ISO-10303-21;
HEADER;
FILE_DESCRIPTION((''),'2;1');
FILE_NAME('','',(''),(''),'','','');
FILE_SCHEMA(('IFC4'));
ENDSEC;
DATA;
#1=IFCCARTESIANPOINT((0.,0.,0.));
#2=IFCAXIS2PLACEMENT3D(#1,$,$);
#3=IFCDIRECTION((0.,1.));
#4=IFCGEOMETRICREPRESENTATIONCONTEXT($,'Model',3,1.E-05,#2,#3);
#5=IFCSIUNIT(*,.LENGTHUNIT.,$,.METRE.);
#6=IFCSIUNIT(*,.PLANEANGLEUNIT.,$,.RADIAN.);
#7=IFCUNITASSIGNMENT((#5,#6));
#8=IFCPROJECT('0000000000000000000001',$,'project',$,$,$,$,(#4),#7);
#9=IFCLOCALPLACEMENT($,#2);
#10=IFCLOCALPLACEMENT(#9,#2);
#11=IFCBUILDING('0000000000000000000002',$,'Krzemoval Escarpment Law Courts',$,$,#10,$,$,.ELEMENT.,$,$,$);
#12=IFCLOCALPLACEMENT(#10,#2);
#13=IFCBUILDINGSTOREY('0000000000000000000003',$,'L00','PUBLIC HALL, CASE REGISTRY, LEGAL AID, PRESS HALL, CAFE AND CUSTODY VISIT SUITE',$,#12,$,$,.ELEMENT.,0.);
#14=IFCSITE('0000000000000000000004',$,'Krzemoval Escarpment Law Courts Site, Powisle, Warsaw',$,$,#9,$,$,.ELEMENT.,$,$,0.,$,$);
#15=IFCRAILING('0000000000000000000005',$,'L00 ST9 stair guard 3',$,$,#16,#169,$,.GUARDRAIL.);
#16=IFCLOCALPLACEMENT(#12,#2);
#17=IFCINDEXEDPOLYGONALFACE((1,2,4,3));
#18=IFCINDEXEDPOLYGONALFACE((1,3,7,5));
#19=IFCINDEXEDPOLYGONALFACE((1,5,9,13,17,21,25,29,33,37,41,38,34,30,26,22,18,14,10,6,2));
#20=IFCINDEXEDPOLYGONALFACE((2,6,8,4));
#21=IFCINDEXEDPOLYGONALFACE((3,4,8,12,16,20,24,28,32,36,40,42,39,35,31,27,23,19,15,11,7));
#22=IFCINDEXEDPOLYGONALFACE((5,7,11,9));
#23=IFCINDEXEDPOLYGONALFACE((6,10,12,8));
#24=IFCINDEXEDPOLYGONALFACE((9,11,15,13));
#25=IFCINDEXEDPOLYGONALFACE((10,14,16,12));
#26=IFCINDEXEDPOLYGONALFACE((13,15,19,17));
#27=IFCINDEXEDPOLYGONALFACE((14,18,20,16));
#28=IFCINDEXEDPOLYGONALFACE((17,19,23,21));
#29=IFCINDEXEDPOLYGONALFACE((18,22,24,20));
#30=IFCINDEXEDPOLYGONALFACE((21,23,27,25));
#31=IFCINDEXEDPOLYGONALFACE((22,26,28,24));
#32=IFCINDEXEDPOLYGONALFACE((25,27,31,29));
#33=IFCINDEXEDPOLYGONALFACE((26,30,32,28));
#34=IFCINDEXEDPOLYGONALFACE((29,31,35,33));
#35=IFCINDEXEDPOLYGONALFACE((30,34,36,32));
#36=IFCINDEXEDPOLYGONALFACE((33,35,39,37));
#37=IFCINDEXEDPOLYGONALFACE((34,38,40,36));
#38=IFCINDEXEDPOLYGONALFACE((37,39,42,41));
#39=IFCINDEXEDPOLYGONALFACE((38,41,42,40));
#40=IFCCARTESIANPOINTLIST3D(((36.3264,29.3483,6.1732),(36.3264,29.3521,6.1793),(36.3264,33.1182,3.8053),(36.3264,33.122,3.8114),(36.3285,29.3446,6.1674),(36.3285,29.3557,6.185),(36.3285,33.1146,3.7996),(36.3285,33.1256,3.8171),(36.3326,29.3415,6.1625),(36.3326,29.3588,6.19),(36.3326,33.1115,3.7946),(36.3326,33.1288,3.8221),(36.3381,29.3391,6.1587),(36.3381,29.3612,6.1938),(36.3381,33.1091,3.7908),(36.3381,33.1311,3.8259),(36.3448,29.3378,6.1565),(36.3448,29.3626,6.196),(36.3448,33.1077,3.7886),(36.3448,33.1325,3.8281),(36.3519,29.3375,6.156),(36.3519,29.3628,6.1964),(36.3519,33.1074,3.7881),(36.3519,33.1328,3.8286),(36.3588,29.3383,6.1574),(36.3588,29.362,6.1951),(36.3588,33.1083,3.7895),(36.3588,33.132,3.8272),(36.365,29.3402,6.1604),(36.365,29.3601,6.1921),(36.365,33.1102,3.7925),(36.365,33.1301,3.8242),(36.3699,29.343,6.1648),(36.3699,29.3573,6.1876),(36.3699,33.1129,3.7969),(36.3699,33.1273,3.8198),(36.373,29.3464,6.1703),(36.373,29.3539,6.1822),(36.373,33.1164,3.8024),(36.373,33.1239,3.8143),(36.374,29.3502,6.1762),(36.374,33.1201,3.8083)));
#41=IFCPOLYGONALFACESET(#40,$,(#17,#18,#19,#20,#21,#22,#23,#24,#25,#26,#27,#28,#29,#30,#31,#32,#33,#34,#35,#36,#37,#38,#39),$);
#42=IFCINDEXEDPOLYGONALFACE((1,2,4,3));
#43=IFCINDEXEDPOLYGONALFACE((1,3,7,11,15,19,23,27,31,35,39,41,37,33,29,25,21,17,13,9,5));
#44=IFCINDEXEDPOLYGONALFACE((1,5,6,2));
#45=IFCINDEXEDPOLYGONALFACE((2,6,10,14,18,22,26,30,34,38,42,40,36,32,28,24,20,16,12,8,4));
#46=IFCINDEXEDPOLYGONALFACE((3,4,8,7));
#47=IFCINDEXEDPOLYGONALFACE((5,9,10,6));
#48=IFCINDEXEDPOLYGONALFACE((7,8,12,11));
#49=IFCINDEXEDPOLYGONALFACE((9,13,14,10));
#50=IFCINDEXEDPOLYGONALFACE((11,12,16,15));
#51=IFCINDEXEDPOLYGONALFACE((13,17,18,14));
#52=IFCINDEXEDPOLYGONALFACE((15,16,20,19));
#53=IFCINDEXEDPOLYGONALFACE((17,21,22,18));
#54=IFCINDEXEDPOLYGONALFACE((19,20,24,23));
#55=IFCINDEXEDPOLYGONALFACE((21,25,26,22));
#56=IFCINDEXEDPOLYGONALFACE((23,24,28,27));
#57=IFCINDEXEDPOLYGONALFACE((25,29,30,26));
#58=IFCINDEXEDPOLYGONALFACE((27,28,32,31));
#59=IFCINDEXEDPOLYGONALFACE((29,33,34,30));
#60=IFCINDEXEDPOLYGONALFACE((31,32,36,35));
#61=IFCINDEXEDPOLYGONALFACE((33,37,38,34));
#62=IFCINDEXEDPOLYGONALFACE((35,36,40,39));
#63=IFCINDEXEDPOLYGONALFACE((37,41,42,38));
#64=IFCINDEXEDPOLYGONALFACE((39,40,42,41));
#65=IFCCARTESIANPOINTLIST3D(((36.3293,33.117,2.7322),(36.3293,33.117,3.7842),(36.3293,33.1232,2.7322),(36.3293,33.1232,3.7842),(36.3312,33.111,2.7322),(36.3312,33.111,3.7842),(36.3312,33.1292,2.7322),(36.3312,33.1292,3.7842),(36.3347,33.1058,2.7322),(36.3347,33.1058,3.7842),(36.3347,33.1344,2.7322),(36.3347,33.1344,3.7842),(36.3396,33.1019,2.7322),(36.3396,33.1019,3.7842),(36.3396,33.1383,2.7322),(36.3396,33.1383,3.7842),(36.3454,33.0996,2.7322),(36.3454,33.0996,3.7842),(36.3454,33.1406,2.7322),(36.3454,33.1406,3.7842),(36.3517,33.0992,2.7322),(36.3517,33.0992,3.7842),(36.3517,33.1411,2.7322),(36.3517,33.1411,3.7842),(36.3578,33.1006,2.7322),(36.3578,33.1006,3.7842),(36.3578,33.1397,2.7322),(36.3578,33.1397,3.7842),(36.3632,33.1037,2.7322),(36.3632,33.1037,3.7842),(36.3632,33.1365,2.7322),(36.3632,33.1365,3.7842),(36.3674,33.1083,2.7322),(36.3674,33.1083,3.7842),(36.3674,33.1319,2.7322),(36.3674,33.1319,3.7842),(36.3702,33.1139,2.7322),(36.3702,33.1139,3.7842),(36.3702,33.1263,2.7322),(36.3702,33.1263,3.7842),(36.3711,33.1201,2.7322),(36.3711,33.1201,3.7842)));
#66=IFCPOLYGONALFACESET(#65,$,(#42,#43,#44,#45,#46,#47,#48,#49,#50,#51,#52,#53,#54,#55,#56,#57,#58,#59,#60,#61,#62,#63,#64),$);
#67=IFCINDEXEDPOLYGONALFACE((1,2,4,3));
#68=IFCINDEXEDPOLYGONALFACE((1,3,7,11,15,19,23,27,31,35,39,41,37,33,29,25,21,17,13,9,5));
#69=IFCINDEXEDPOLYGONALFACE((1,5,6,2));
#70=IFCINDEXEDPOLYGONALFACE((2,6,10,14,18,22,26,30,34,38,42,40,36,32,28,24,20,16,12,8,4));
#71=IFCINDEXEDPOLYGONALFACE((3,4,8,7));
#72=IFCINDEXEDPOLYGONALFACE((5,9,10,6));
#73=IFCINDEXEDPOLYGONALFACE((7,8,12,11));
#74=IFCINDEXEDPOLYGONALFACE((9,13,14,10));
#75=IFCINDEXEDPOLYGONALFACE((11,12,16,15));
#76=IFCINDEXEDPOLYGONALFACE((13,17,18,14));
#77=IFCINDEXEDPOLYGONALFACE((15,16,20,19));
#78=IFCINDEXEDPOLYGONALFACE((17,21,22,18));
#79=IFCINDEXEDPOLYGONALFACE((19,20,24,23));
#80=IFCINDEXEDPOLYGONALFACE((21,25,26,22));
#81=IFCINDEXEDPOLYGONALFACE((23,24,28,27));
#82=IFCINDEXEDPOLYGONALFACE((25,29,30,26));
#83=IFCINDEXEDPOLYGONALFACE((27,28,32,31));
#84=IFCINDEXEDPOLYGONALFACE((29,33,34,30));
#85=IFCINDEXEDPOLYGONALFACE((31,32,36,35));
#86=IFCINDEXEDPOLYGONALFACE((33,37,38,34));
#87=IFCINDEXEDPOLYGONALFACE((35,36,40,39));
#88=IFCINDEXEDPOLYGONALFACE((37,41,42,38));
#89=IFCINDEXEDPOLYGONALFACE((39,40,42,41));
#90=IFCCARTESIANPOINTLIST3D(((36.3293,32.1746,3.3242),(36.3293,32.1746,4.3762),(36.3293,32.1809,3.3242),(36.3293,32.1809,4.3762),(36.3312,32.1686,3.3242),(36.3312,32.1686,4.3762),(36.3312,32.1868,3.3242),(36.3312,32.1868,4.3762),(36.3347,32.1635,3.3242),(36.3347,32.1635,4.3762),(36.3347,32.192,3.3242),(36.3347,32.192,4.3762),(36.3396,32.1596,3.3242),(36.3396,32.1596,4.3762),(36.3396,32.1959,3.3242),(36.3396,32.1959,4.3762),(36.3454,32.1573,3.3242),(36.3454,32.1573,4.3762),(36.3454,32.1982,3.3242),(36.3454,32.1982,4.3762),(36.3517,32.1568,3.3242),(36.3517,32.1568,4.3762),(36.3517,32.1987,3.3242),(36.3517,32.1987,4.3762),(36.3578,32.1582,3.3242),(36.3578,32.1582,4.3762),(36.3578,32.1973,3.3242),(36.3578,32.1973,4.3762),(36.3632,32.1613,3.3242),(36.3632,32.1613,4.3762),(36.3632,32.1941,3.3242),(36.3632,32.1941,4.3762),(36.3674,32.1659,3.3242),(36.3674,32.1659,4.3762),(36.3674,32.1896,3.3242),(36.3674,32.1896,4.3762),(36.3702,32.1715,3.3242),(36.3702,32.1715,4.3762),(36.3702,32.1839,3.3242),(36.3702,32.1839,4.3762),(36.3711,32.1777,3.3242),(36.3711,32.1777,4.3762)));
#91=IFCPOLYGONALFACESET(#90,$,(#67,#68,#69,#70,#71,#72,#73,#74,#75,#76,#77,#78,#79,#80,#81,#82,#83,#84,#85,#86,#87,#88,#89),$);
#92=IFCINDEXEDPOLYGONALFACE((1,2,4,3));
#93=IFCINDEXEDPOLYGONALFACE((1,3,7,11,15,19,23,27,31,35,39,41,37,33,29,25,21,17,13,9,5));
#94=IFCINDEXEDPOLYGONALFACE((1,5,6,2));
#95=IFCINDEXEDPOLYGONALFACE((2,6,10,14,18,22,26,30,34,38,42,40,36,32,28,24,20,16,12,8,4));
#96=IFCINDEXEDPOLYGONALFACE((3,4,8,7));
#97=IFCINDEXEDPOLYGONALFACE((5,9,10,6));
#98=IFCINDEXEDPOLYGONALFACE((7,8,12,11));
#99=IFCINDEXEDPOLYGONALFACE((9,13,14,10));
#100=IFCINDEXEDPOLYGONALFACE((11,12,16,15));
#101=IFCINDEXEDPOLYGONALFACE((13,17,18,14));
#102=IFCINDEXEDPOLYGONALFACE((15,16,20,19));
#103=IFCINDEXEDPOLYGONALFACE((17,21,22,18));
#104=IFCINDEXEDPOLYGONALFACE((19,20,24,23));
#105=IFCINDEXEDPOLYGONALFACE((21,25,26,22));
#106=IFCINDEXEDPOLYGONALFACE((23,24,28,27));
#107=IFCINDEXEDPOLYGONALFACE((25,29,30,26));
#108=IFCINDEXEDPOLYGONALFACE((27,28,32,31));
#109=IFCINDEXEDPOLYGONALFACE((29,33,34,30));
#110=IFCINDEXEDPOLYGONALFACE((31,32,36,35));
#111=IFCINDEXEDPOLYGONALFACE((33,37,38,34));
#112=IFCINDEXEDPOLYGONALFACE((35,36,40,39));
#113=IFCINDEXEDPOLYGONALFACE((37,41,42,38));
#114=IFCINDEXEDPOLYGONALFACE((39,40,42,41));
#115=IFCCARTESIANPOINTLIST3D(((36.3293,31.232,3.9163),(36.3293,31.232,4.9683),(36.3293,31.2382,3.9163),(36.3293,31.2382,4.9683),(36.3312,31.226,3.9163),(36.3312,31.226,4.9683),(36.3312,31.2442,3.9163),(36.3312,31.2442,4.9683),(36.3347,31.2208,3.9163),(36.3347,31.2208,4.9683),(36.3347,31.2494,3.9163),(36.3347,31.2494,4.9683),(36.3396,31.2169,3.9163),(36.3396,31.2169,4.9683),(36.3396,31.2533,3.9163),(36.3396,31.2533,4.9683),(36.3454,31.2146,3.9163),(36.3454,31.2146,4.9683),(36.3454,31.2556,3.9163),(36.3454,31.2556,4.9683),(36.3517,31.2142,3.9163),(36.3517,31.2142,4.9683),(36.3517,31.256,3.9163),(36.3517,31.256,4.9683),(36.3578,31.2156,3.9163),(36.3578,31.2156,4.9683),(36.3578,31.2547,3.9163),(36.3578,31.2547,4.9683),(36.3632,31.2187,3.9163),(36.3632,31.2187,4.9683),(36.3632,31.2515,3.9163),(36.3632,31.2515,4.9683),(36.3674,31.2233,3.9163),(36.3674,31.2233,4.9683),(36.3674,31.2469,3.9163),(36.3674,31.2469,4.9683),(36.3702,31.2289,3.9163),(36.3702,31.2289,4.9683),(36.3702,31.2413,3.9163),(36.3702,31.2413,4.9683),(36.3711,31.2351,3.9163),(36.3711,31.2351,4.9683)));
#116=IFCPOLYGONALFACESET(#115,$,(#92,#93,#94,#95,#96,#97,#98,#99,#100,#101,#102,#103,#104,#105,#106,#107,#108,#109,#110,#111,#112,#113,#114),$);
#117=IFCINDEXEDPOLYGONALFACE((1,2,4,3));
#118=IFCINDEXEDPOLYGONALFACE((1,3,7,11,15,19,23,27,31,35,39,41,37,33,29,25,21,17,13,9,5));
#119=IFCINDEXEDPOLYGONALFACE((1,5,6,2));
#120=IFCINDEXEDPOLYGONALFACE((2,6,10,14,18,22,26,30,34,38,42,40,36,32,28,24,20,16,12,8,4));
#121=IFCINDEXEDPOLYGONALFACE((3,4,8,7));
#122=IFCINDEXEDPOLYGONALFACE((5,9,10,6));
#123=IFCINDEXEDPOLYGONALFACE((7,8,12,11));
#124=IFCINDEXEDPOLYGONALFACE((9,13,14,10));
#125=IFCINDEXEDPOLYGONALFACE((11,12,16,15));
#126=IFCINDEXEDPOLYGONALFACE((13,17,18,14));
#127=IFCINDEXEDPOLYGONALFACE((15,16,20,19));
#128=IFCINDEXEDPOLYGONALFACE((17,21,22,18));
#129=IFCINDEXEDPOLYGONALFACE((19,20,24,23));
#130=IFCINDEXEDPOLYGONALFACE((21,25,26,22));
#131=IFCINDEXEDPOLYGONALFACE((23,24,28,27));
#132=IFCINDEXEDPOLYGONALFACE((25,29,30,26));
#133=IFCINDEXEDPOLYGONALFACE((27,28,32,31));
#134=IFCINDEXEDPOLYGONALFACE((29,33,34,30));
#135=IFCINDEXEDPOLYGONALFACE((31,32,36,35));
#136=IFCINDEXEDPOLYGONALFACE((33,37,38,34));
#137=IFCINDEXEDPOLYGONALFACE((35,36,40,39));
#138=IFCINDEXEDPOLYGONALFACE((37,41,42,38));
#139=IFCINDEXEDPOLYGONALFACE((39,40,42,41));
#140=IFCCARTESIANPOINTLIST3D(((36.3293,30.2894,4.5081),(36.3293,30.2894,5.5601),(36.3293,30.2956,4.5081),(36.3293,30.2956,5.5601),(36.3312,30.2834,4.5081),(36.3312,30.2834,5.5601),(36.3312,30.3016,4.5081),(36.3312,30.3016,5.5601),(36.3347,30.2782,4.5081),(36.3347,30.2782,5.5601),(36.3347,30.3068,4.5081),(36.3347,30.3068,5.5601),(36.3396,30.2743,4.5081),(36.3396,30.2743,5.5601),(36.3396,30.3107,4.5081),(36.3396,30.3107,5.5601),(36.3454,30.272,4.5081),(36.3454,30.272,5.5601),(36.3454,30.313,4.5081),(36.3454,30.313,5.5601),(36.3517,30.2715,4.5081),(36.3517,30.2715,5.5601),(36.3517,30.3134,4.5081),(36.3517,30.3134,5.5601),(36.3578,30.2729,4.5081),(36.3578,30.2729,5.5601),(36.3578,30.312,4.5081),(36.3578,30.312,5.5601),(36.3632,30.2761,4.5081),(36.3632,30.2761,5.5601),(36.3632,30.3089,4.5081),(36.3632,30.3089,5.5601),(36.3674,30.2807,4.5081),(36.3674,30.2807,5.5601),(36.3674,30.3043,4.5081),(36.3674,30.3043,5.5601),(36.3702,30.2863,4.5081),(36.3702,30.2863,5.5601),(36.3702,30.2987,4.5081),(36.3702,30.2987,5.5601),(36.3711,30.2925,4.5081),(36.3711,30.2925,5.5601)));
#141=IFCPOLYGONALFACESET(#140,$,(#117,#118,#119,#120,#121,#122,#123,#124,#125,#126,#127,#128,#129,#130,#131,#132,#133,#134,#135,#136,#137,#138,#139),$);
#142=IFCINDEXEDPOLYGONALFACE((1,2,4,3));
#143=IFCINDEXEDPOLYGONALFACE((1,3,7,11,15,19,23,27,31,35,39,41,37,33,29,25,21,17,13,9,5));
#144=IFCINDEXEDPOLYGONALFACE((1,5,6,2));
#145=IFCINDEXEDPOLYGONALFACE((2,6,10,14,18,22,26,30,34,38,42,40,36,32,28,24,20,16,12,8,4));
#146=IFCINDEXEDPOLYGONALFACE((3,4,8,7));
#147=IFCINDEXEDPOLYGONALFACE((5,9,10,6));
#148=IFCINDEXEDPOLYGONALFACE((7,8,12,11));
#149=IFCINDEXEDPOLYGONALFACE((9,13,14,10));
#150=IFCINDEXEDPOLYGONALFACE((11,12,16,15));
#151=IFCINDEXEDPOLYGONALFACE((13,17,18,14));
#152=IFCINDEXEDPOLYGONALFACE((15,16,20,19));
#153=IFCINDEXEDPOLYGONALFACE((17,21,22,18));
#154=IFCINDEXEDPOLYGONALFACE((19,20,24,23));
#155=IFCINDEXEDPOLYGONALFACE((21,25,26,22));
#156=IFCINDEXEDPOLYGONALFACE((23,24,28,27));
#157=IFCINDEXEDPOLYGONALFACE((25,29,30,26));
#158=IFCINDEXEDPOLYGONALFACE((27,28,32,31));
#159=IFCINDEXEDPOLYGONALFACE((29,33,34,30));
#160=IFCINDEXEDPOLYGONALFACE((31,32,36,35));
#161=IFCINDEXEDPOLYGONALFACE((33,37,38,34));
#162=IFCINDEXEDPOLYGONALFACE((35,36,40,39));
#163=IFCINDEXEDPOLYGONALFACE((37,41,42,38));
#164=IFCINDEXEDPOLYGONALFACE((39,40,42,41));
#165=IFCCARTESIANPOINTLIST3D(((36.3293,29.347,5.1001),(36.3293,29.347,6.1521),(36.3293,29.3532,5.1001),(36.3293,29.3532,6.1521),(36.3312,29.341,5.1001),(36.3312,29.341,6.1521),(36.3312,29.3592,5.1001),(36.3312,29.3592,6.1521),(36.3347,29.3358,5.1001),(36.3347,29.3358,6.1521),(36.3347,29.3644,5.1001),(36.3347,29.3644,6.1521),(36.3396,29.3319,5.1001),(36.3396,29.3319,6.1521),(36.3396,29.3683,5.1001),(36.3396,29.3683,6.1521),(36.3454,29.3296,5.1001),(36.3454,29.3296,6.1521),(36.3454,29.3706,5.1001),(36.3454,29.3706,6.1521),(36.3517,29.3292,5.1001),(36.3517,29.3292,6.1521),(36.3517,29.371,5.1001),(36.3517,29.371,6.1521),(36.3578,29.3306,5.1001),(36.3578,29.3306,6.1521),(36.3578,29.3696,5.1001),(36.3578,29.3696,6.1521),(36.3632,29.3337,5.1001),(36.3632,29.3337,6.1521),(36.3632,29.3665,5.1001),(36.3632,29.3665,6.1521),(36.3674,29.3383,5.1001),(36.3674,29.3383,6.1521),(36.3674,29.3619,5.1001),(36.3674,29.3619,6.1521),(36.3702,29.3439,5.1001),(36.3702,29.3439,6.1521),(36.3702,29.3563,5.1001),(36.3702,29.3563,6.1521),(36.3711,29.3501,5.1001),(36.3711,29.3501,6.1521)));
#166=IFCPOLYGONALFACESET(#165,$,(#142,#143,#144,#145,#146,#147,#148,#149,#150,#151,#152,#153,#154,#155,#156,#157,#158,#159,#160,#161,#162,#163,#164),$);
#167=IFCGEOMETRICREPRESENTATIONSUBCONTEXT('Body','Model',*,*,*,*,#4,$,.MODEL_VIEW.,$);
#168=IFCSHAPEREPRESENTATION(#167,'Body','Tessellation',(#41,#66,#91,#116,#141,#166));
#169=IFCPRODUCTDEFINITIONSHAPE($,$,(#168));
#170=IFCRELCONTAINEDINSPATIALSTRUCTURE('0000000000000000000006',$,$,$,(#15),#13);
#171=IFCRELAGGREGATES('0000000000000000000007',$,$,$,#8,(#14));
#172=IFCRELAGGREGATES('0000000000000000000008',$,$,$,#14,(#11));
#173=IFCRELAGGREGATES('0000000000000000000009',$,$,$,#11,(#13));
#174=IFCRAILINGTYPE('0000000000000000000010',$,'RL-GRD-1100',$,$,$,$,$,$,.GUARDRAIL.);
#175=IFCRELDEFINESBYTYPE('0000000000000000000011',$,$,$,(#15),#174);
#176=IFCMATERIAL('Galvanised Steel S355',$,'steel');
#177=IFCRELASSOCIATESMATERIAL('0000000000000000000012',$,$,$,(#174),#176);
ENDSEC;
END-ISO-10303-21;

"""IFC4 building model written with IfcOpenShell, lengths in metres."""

from ifc_helpers import new_model, si_unit, direction, frame, origin, origin_2d, place, context, subcontext, project, spatial, circle, extrude, material, type_object, element, save


model = new_model("IFC4")

# Units and contexts
model_context = context("Model", 3, precision=1e-05, world=origin(), true_north=direction((0.0, 1.0)))
body_context = subcontext(model_context, "Body", "Model", "MODEL_VIEW")
ifc_project = project(units=[si_unit("LENGTHUNIT", "METRE"), si_unit("PLANEANGLEUNIT", "RADIAN")], contexts=[model_context])

# Site, building, storey
site_placement = place(None, origin())
site = spatial("IfcSite", under=ifc_project, at=site_placement, Name="Krzemoval Escarpment Law Courts Site, Powisle, Warsaw", CompositionType="ELEMENT", RefElevation=0.0)
building_placement = place(site_placement, origin())
building = spatial("IfcBuilding", under=site, at=building_placement, Name="Krzemoval Escarpment Law Courts", CompositionType="ELEMENT")
storey_placement = place(building_placement, origin())
storey = spatial("IfcBuildingStorey", under=building, at=storey_placement, Name="L00", Description="PUBLIC HALL, CASE REGISTRY, LEGAL AID, PRESS HALL, CAFE AND CUSTODY VISIT SUITE", CompositionType="ELEMENT", Elevation=0.0)

# Railing
ifc_material_1 = material(Name="Galvanised Steel S355", Category="steel")
railing_type_1 = type_object("IfcRailingType", Name="RL-GRD-1100", PredefinedType="GUARDRAIL", material=ifc_material_1)
railing_1_placement = place(storey_placement, frame((36.3501, 33.1201, 2.7322)))
element("IfcRailing", 1, at=railing_1_placement, inside=storey, type_object=railing_type_1, Name="L00 ST9 stair guard 3", PredefinedType="GUARDRAIL", context=body_context, shape_type="SweptSolid", body=[
    extrude(circle(Radius=0.0239, at=origin_2d()), frame((0.0, 0.0, 1.0762), z_axis=(0.0, -0.846819, 0.531881), x_axis=(1.0, 0.0, 0.0)), (0.0, 0.0, 1.0), 4.4519),
    extrude(circle(Radius=0.021, at=origin_2d()), origin(), (0.0, 0.0, 1.0), 1.052),
    extrude(circle(Radius=0.021, at=origin_2d()), frame((0.0, -0.9424, 0.592)), (0.0, 0.0, 1.0), 1.052),
    extrude(circle(Radius=0.021, at=origin_2d()), frame((0.0, -1.885, 1.1841)), (0.0, 0.0, 1.0), 1.052),
    extrude(circle(Radius=0.021, at=origin_2d()), frame((0.0, -2.8276, 1.7759)), (0.0, 0.0, 1.0), 1.052),
    extrude(circle(Radius=0.021, at=origin_2d()), frame((0.0, -3.77, 2.3679)), (0.0, 0.0, 1.0), 1.052),
])

save(model, "model.ifc")
